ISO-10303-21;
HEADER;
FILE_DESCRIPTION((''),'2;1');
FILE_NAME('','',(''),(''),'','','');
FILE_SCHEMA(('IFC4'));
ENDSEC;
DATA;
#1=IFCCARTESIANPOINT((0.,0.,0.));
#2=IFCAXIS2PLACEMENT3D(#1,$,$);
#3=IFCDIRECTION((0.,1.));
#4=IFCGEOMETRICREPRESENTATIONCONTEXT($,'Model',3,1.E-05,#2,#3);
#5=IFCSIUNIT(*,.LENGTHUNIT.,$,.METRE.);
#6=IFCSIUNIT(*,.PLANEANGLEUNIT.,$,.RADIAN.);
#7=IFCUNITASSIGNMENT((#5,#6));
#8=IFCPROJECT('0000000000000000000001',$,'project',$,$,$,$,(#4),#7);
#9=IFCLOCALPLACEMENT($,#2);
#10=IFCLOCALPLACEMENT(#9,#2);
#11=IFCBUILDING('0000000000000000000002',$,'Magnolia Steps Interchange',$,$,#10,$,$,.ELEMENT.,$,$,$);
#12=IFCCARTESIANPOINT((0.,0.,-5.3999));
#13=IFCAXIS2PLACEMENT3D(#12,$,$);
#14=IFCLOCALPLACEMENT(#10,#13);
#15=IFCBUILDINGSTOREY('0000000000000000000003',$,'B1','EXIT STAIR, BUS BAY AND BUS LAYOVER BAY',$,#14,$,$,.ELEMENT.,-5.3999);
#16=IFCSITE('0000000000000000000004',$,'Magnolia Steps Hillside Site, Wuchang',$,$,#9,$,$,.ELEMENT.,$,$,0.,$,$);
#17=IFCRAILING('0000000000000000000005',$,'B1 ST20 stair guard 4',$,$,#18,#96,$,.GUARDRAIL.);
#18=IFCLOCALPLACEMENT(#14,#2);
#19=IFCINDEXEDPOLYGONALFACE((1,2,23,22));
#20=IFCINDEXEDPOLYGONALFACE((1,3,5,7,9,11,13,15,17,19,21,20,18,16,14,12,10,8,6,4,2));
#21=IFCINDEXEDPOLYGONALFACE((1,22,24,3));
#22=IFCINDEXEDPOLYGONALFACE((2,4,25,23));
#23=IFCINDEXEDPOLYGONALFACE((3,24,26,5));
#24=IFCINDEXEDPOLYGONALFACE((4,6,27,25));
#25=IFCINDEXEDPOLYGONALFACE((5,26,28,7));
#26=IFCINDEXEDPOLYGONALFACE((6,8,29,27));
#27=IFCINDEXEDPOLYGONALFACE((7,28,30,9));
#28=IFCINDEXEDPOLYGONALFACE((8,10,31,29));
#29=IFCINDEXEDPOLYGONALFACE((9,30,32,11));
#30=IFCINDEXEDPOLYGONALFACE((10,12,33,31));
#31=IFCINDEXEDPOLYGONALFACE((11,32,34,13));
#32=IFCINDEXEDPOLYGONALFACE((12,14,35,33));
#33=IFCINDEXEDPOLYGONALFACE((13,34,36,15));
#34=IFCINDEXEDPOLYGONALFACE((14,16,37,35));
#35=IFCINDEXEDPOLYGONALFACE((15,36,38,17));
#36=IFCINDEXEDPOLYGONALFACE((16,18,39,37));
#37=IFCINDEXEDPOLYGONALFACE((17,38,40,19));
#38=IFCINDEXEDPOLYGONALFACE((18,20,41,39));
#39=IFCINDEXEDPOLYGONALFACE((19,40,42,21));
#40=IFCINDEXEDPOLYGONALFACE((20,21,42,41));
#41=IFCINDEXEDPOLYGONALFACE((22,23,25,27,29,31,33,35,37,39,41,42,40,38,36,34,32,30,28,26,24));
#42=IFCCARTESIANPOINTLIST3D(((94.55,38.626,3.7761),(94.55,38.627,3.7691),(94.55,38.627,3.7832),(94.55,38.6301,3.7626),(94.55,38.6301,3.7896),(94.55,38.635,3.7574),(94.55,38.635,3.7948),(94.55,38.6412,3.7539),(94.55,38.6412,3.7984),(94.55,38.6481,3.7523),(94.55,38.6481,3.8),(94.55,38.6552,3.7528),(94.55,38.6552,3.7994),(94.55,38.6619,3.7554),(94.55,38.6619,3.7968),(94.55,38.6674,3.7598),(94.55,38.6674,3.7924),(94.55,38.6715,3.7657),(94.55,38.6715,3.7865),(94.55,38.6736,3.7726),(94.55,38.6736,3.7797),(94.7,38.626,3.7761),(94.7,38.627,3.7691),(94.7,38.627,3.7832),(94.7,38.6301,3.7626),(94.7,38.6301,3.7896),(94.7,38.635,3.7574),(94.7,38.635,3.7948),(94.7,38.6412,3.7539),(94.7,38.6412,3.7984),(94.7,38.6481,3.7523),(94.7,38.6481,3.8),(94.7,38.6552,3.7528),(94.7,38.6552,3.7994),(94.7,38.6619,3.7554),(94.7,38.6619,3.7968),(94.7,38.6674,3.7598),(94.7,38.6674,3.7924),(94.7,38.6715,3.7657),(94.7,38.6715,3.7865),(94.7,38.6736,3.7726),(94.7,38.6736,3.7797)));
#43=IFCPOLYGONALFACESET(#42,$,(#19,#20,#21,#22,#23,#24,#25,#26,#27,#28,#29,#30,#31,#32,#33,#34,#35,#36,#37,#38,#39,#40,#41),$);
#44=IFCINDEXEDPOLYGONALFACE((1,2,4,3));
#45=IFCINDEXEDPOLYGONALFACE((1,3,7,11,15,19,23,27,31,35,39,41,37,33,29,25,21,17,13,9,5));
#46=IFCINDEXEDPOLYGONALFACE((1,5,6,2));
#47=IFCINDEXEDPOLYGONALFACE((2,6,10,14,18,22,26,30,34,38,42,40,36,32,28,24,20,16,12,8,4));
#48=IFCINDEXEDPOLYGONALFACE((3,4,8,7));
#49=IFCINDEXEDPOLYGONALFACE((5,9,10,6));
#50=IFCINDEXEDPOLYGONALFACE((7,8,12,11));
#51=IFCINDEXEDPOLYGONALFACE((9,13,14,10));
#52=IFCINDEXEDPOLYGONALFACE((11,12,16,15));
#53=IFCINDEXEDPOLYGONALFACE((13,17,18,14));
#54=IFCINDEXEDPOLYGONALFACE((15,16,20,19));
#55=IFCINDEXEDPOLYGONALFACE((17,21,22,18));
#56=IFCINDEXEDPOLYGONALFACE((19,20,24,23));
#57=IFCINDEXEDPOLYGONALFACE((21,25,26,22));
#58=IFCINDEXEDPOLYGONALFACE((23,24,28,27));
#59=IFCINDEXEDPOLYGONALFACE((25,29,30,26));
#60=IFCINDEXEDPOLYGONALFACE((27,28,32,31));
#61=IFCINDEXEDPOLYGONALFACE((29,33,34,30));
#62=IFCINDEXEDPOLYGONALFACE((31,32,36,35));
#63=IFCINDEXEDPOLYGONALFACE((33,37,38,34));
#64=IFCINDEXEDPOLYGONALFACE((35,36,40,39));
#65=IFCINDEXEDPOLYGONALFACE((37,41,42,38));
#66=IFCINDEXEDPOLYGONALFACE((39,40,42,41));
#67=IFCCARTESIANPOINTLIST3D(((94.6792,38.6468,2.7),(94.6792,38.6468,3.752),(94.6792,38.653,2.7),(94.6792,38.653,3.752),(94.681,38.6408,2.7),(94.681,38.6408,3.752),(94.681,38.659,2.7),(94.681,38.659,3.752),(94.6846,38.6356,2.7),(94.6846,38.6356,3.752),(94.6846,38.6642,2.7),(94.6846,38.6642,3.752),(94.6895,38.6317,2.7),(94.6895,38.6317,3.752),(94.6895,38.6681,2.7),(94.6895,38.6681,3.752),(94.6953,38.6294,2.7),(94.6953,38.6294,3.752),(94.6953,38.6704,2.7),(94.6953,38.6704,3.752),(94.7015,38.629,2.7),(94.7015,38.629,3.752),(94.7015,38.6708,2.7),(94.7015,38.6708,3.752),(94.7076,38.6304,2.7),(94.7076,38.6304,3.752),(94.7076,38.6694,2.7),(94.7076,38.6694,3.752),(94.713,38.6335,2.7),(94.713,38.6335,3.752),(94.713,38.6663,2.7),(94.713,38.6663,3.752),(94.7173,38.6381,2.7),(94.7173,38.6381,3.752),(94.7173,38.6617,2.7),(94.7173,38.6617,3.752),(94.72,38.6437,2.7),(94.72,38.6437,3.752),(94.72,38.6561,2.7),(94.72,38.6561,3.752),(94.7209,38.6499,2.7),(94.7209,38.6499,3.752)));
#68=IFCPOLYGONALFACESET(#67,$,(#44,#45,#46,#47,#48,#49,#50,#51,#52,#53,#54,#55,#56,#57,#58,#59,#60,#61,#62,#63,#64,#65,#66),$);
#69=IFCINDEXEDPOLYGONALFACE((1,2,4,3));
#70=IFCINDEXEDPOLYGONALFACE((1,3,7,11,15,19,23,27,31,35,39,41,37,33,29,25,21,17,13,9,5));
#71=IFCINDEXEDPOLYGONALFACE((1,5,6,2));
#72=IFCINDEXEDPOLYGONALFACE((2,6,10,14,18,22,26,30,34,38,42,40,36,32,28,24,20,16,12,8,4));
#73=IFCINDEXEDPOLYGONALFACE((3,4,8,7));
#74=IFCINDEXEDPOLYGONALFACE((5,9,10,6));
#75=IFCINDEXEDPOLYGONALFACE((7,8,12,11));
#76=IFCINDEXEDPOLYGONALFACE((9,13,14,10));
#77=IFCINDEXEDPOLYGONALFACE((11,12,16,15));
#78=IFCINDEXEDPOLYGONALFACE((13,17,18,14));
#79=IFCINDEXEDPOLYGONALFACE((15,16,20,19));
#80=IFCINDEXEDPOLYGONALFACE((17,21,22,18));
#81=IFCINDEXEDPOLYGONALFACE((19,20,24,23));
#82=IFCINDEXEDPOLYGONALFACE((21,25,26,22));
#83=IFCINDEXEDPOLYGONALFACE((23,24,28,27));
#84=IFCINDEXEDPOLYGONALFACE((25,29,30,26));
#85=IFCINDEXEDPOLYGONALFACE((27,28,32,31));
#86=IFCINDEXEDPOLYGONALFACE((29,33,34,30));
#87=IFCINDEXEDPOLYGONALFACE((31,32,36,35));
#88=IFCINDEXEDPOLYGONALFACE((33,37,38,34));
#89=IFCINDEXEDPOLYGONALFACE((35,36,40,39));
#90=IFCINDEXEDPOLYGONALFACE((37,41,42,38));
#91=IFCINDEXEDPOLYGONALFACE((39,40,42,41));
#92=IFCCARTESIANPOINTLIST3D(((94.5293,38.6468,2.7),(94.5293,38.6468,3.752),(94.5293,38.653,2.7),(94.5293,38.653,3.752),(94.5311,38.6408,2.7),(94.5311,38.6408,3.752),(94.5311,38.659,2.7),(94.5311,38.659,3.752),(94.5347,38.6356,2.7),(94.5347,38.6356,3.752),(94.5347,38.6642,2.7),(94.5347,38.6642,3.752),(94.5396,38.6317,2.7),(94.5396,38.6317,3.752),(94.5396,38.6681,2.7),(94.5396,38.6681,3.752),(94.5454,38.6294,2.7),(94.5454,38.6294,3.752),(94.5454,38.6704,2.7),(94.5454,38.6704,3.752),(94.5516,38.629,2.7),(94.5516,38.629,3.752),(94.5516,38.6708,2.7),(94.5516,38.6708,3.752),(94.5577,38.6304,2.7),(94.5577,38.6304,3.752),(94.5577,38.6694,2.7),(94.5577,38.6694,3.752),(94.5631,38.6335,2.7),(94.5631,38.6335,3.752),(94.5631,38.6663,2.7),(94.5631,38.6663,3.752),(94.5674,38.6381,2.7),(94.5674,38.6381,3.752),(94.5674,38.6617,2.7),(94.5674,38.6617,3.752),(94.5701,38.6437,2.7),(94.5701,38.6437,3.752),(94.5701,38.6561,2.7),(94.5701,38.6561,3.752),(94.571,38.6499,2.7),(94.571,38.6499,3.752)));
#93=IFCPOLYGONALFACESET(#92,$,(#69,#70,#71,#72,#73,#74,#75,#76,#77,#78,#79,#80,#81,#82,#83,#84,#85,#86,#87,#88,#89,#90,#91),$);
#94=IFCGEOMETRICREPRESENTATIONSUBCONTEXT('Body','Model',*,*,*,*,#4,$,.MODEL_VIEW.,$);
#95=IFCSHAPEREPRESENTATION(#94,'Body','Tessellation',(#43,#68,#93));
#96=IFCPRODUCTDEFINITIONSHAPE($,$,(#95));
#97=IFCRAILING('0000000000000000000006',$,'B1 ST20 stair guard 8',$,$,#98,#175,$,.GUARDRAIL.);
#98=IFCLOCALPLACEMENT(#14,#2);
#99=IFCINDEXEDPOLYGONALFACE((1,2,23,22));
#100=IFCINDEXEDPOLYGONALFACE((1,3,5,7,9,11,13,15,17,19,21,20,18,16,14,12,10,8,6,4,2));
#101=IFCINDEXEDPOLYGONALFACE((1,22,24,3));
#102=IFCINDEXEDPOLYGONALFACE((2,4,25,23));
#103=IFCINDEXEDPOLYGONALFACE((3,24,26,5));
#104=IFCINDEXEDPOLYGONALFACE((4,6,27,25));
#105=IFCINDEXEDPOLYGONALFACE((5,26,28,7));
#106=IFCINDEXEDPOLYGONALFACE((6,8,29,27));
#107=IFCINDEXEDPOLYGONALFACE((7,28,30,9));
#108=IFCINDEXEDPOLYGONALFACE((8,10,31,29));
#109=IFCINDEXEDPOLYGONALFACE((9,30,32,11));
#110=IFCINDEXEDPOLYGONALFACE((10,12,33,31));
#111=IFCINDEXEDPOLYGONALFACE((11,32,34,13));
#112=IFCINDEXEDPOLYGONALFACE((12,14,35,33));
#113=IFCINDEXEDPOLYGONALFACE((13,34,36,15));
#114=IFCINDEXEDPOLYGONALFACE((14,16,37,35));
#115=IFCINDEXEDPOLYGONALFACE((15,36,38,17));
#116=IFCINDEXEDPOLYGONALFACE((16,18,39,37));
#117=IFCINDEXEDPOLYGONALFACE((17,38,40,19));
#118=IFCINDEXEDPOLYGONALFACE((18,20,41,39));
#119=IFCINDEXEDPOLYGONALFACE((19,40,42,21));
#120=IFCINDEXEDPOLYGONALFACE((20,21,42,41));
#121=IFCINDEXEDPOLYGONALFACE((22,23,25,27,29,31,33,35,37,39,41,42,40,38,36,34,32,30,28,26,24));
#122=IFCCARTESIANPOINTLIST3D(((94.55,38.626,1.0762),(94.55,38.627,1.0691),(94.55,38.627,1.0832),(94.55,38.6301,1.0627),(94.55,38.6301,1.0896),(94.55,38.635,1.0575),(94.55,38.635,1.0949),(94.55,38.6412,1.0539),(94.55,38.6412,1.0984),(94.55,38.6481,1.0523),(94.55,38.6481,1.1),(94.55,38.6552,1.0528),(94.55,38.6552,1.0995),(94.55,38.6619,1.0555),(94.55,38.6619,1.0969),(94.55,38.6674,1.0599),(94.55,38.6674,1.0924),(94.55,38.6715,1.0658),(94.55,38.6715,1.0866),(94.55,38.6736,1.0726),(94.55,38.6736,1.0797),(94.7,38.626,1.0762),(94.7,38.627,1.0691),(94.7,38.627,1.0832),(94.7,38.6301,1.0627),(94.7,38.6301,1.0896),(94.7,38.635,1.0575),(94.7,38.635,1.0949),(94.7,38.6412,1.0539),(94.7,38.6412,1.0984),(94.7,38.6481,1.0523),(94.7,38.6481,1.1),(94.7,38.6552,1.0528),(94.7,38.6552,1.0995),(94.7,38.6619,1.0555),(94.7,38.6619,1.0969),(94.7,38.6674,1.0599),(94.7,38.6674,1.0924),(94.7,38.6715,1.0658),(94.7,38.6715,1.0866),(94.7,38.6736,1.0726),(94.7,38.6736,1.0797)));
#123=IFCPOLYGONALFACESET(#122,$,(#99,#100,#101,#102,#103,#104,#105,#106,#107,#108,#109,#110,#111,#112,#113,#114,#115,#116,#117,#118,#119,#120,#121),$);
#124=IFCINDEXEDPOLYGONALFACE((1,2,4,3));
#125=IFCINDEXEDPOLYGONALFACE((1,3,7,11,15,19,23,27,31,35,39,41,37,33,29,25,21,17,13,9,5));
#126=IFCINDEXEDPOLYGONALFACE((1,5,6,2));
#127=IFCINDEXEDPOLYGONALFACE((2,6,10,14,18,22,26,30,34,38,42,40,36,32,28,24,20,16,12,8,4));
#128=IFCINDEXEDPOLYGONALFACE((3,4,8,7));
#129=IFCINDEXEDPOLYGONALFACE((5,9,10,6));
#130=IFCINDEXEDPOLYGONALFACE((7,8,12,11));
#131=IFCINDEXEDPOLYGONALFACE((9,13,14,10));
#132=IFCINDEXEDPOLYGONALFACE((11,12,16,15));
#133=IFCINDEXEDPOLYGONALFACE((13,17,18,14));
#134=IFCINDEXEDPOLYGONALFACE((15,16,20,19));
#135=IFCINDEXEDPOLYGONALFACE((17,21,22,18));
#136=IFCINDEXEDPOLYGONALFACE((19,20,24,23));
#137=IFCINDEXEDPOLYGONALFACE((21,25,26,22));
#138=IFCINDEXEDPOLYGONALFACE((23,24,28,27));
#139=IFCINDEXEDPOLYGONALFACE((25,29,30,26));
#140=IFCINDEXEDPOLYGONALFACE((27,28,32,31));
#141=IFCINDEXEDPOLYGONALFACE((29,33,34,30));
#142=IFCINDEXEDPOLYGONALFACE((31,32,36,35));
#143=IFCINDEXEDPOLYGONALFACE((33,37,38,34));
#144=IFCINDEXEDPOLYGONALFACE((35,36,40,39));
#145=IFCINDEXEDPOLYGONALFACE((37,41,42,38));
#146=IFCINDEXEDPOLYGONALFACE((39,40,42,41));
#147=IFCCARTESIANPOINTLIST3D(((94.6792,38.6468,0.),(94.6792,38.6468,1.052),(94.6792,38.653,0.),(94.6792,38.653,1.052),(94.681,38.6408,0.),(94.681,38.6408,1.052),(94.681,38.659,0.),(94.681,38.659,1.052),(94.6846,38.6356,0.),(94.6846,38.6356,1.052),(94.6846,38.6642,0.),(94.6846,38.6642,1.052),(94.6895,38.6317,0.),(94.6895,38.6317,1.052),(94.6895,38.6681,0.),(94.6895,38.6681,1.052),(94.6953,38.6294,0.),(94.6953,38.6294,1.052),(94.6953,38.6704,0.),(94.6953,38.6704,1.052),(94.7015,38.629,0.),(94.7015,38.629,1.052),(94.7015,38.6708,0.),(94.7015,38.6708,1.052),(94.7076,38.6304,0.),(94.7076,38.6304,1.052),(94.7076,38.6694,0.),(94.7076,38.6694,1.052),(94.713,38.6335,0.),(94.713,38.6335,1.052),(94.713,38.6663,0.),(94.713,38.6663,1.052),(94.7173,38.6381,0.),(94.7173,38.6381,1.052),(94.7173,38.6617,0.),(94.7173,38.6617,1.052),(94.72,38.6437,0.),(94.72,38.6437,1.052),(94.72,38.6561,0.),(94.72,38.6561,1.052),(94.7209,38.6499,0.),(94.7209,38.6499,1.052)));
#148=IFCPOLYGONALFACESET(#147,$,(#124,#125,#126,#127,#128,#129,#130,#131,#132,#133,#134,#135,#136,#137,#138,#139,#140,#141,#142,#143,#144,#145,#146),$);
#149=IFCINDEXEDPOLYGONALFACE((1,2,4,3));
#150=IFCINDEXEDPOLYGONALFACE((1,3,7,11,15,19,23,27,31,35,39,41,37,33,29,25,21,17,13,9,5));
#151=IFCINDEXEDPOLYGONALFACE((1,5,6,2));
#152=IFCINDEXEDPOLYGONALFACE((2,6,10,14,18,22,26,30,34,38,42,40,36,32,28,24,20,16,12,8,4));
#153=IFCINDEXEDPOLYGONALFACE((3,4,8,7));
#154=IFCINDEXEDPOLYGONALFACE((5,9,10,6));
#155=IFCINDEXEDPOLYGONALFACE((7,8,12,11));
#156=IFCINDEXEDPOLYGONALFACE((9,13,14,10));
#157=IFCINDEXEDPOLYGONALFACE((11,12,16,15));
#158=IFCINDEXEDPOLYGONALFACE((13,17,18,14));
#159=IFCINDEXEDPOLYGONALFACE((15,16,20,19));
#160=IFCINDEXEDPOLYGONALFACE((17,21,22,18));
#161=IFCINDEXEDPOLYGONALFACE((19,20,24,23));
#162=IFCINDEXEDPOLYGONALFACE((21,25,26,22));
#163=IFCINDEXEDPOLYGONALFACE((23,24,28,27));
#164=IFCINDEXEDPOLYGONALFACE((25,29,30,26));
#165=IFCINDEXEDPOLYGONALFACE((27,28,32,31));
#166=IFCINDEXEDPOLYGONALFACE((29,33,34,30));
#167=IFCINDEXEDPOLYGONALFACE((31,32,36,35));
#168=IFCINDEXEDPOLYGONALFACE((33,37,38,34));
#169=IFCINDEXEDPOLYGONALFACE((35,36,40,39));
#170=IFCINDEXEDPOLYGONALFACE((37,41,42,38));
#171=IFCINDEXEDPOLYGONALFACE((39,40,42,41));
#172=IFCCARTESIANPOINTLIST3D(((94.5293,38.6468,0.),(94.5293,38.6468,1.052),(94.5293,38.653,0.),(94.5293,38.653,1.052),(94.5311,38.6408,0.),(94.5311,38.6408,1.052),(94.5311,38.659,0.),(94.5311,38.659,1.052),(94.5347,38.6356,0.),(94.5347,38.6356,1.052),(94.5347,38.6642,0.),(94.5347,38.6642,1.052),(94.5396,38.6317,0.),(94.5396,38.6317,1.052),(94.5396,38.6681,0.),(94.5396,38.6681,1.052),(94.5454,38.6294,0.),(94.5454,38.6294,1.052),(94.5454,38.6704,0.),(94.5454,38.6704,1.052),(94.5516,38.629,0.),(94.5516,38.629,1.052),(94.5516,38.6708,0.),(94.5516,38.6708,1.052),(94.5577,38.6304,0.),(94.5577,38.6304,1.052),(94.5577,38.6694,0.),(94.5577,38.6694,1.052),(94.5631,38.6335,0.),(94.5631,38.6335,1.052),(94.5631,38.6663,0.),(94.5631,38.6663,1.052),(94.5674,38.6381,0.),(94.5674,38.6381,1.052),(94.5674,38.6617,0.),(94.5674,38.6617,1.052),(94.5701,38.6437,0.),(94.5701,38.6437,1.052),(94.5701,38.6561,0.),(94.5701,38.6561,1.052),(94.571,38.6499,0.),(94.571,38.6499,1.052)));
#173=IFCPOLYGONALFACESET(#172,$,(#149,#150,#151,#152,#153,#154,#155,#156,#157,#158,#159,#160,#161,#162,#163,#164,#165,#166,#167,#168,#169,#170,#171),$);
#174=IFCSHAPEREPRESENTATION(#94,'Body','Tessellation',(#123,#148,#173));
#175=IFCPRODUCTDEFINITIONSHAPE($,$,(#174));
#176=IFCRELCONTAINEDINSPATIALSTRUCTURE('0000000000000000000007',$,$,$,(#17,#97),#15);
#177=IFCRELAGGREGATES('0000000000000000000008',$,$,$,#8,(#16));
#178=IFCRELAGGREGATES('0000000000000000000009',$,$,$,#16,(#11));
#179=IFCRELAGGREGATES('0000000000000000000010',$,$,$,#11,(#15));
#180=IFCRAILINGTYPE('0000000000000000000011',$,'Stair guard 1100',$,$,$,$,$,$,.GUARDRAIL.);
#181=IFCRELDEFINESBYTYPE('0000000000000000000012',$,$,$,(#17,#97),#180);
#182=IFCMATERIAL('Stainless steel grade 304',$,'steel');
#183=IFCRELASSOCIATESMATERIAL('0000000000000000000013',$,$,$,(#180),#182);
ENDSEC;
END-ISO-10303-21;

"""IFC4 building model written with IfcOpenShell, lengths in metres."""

from ifc_helpers import new_model, si_unit, direction, frame, origin, origin_2d, place, context, subcontext, project, spatial, circle, extrude, material, type_object, element, save


model = new_model("IFC4")

# Units and contexts
model_context = context("Model", 3, precision=1e-05, world=origin(), true_north=direction((0.0, 1.0)))
body_context = subcontext(model_context, "Body", "Model", "MODEL_VIEW")
ifc_project = project(units=[si_unit("LENGTHUNIT", "METRE"), si_unit("PLANEANGLEUNIT", "RADIAN")], contexts=[model_context])

# Site, building, storey
site_placement = place(None, origin())
site = spatial("IfcSite", under=ifc_project, at=site_placement, Name="Magnolia Steps Hillside Site, Wuchang", CompositionType="ELEMENT", RefElevation=0.0)
building_placement = place(site_placement, origin())
building = spatial("IfcBuilding", under=site, at=building_placement, Name="Magnolia Steps Interchange", CompositionType="ELEMENT")
storey_placement = place(building_placement, frame((0.0, 0.0, -5.3999)))
storey = spatial("IfcBuildingStorey", under=building, at=storey_placement, Name="B1", Description="EXIT STAIR, BUS BAY AND BUS LAYOVER BAY", CompositionType="ELEMENT", Elevation=-5.3999)

# Railings
ifc_material_1 = material(Name="Stainless steel grade 304", Category="steel")
railing_type_1 = type_object("IfcRailingType", Name="Stair guard 1100", PredefinedType="GUARDRAIL", material=ifc_material_1)
for number, where, name in (
    (1, (94.7, 38.6499, 2.7), "B1 ST20 stair guard 4"),
    (2, (94.7, 38.6499, 0.0), "B1 ST20 stair guard 8"),
):
    element("IfcRailing", number, at=place(storey_placement, frame(where)), inside=storey, type_object=railing_type_1, Name=name, PredefinedType="GUARDRAIL", context=body_context, shape_type="SweptSolid", body=[
        extrude(circle(Radius=0.0239, at=origin_2d()), frame((0.0, 0.0, 1.0762), z_axis=(-1.0, 0.0, 0.0), x_axis=(0.0, -1.0, 0.0)), (0.0, 0.0, 1.0), 0.1499),
        extrude(circle(Radius=0.021, at=origin_2d()), origin(), (0.0, 0.0, 1.0), 1.052),
        extrude(circle(Radius=0.021, at=origin_2d()), frame((-0.1499, 0.0, 0.0)), (0.0, 0.0, 1.0), 1.052),
    ])

save(model, "model.ifc")
